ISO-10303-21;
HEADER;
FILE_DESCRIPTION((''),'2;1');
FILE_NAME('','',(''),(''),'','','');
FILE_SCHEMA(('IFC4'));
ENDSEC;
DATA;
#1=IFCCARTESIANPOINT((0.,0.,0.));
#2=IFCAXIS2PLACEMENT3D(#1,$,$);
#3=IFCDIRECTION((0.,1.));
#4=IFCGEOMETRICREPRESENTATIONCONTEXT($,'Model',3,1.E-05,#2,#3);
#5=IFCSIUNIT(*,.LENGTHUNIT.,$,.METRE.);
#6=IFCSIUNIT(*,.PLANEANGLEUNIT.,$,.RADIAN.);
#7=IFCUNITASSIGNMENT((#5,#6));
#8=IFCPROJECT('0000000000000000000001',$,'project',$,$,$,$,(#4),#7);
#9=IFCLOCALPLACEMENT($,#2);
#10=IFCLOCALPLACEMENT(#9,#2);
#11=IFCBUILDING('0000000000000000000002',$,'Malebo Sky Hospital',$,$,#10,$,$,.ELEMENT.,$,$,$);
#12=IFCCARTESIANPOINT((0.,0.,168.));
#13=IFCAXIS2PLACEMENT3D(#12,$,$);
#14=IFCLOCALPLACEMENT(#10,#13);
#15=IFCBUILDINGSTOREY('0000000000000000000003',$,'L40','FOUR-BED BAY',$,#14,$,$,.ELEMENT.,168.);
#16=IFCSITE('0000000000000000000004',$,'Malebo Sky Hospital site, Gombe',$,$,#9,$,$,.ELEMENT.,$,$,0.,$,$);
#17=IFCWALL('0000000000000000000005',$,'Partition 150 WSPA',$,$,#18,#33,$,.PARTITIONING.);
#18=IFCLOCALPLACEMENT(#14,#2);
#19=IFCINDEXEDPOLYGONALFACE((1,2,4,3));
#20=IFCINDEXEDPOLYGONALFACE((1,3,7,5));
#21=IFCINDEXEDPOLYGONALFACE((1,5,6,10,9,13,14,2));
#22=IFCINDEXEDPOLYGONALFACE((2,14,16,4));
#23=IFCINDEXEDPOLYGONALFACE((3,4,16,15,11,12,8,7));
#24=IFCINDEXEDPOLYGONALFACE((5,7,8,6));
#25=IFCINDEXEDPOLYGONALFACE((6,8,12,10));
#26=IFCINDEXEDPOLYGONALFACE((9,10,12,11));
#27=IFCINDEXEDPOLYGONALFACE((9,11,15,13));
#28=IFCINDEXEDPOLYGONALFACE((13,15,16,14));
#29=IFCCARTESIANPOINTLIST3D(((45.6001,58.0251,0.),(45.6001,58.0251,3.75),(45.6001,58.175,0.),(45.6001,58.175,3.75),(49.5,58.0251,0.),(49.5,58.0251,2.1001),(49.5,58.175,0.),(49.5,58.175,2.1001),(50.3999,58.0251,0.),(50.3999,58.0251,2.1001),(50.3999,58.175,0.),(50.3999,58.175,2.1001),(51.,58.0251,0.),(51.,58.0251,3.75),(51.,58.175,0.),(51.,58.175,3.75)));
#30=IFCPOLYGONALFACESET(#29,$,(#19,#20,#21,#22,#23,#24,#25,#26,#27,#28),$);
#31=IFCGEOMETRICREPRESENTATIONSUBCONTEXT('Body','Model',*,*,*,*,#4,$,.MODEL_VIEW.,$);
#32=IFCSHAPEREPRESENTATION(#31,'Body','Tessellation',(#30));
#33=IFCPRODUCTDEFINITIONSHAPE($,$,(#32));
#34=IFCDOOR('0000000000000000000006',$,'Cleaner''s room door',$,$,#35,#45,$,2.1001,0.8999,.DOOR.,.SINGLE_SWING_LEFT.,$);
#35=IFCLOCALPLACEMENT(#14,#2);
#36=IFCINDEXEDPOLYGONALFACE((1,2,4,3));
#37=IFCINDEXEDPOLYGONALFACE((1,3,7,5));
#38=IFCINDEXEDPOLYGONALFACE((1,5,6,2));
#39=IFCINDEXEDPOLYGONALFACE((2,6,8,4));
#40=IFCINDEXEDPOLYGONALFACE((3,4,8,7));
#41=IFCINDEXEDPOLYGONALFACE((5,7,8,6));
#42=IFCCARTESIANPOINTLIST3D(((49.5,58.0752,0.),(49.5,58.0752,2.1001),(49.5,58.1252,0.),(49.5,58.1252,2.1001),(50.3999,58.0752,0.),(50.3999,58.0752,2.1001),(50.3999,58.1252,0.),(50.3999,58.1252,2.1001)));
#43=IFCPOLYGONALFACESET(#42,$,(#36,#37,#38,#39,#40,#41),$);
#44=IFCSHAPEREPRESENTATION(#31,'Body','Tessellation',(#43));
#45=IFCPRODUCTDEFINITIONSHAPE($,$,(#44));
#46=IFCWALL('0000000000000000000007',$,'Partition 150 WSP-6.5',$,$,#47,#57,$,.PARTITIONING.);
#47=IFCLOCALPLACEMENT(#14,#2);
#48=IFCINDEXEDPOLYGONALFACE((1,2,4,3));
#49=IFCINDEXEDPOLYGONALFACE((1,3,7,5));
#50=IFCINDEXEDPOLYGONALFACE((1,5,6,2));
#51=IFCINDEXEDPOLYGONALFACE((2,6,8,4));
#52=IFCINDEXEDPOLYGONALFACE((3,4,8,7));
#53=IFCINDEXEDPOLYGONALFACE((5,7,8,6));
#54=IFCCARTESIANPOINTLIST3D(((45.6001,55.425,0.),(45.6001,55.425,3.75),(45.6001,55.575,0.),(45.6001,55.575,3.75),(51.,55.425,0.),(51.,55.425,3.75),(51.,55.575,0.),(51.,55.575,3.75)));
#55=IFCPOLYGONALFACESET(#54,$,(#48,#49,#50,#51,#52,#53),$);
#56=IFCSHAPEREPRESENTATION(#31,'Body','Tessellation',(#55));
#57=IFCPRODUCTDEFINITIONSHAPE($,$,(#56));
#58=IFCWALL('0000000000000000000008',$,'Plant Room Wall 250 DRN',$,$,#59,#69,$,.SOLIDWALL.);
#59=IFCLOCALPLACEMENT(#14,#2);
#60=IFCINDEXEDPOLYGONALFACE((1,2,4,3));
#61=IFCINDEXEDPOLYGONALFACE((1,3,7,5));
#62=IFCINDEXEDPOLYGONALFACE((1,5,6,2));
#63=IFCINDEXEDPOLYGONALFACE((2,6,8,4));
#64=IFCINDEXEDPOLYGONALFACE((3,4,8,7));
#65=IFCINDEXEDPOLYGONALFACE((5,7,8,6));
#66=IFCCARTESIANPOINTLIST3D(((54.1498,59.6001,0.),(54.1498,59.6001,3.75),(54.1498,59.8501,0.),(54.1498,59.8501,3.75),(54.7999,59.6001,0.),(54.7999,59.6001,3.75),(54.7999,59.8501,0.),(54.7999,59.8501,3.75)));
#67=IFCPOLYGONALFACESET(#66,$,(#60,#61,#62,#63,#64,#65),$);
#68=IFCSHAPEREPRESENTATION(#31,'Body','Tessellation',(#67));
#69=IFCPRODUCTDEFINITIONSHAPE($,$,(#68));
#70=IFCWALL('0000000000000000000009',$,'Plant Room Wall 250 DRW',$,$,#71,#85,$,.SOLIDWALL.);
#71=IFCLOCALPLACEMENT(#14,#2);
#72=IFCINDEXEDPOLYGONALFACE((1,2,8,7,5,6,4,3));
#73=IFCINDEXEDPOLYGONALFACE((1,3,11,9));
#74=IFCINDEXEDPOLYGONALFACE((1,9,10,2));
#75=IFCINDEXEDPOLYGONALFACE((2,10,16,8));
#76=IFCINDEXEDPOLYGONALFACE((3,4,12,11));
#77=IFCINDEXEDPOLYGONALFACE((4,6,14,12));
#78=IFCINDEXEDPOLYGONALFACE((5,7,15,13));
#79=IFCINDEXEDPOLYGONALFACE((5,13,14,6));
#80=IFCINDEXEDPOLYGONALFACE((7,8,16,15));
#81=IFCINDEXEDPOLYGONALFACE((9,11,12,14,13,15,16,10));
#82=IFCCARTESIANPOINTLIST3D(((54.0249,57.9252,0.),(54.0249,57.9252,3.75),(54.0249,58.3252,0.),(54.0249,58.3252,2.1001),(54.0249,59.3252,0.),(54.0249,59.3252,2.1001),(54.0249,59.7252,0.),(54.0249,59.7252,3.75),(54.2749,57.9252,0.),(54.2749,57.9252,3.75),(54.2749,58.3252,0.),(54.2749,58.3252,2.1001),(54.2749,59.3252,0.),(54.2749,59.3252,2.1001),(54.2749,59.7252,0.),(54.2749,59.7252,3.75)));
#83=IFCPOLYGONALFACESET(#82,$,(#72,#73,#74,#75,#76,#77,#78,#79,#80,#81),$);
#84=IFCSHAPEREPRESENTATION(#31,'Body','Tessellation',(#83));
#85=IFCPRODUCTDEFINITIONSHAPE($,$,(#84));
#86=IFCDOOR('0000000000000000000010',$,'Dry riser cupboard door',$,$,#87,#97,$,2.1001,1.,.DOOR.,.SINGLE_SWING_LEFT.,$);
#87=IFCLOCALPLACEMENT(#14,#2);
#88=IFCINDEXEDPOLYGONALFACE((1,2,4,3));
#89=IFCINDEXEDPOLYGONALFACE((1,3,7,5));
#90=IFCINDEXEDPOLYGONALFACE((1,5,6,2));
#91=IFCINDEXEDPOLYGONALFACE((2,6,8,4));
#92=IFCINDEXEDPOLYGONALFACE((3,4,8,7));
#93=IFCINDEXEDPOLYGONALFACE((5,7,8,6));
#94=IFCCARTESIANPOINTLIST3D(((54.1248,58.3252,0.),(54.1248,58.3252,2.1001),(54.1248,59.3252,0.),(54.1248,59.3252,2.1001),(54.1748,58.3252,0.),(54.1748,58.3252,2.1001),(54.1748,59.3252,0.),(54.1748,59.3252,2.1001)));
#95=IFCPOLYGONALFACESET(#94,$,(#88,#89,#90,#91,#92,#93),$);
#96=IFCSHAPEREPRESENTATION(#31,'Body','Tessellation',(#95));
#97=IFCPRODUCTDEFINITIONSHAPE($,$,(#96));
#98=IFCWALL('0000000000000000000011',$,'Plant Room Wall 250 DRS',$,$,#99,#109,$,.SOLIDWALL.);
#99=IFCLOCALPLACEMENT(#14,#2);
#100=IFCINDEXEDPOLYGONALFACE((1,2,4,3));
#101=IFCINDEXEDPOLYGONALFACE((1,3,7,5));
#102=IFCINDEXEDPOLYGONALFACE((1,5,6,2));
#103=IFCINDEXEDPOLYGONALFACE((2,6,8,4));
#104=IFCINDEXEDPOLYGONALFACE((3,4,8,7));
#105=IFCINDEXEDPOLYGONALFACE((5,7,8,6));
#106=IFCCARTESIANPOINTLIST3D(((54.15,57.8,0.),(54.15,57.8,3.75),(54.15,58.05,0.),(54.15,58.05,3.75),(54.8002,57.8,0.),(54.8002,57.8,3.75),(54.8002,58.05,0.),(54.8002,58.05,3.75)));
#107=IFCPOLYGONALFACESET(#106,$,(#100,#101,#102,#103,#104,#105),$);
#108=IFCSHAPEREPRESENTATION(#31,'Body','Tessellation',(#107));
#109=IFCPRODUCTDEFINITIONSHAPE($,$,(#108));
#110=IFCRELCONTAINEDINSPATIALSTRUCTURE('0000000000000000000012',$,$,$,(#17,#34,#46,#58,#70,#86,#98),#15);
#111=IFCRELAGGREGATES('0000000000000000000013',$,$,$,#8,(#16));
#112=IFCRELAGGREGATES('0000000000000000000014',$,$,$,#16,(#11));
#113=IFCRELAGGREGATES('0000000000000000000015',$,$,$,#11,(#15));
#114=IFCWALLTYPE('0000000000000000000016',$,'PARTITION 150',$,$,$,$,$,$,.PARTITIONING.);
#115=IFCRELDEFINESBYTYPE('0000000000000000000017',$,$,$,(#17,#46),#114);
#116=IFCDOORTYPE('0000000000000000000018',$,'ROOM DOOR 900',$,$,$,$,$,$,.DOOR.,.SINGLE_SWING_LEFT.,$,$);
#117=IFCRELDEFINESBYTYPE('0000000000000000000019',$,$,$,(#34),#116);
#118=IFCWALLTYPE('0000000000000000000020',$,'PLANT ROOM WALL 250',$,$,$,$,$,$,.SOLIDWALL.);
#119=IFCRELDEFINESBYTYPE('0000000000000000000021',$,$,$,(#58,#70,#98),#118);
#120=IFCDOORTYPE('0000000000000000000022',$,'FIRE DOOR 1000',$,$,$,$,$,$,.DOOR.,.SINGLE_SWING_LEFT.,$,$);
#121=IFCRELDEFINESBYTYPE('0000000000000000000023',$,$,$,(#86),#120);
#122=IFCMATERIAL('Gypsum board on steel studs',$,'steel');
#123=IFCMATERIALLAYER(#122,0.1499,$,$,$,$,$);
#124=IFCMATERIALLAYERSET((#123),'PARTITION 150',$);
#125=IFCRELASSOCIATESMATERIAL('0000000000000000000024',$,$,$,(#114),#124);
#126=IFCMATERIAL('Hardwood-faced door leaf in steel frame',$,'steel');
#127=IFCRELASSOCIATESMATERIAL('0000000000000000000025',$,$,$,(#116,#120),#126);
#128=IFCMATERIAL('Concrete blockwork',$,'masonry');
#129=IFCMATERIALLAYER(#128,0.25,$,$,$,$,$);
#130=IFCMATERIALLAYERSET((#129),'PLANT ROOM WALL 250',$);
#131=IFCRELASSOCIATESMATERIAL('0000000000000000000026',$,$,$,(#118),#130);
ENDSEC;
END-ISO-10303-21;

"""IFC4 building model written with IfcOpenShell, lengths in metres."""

from ifc_helpers import new_model, si_unit, direction, frame, frame_2d, origin, place, context, subcontext, project, spatial, rectangle, extrude, material, layer, layer_set, type_object, element, fill, save


model = new_model("IFC4")

# Units and contexts
model_context = context("Model", 3, precision=1e-05, world=origin(), true_north=direction((0.0, 1.0)))
body_context = subcontext(model_context, "Body", "Model", "MODEL_VIEW")
ifc_project = project(units=[si_unit("LENGTHUNIT", "METRE"), si_unit("PLANEANGLEUNIT", "RADIAN")], contexts=[model_context])

# Site, building, storey
site_placement = place(None, origin())
site = spatial("IfcSite", under=ifc_project, at=site_placement, Name="Malebo Sky Hospital site, Gombe", CompositionType="ELEMENT", RefElevation=0.0)
building_placement = place(site_placement, origin())
building = spatial("IfcBuilding", under=site, at=building_placement, Name="Malebo Sky Hospital", CompositionType="ELEMENT")
storey_placement = place(building_placement, frame((0.0, 0.0, 168.0)))
storey = spatial("IfcBuildingStorey", under=building, at=storey_placement, Name="L40", Description="FOUR-BED BAY", CompositionType="ELEMENT", Elevation=168.0)

# Wall, opening, door
ifc_material_1 = material(Name="Gypsum board on steel studs", Category="steel")
ifc_layer_1 = layer(ifc_material_1, 0.1499)
ifc_layer_set_1 = layer_set([ifc_layer_1], Name="PARTITION 150")
wall_type_1 = type_object("IfcWallType", Name="PARTITION 150", PredefinedType="PARTITIONING", material=ifc_layer_set_1)
wall_1_placement = place(storey_placement, frame((51.0, 58.1001, 0.0), z_axis=(0.0, 0.0, 1.0), x_axis=(-1.0, 0.0, 0.0)))
wall_1 = element("IfcWall", 1, at=wall_1_placement, inside=storey, type_object=wall_type_1, Name="Partition 150 WSPA", PredefinedType="PARTITIONING", context=body_context, shape_type="SweptSolid", body=[
    extrude(rectangle(XDim=5.3999, YDim=0.1499, at=frame_2d((2.7, 0.0))), origin(), (0.0, 0.0, 1.0), 3.75),
])
opening_1_placement = place(wall_1_placement, frame((0.6001, 0.0, 0.0)))
opening_1 = element("IfcOpeningElement", 2, at=opening_1_placement, cuts=wall_1, PredefinedType="OPENING", context=body_context, shape_type="SweptSolid", body=[
    extrude(rectangle(XDim=0.8999, YDim=2.1001, at=frame_2d((0.45, 1.05))), frame((0.0, 0.085, 0.0), z_axis=(0.0, -1.0, 0.0), x_axis=(1.0, 0.0, 0.0)), (0.0, 0.0, 1.0), 0.1699),
])
ifc_material_2 = material(Name="Hardwood-faced door leaf in steel frame", Category="steel")
door_type_1 = type_object("IfcDoorType", Name="ROOM DOOR 900", OperationType="SINGLE_SWING_LEFT", PredefinedType="DOOR", material=ifc_material_2)
door_1_placement = place(opening_1_placement, origin())
door_1 = element("IfcDoor", 3, at=door_1_placement, inside=storey, type_object=door_type_1, Name="Cleaner's room door", OperationType="SINGLE_SWING_LEFT", OverallHeight=2.1001, OverallWidth=0.8999, PredefinedType="DOOR", context=body_context, shape_type="SweptSolid", body=[
    extrude(rectangle(XDim=0.8999, YDim=2.1001, at=frame_2d((0.45, 1.05))), frame((0.0, 0.0249, 0.0), z_axis=(0.0, -1.0, 0.0), x_axis=(1.0, 0.0, 0.0)), (0.0, 0.0, 1.0), 0.05),
])
fill(opening_1, door_1)

# Walls
wall_2_placement = place(storey_placement, frame((51.0, 55.5, 0.0), z_axis=(0.0, 0.0, 1.0), x_axis=(-1.0, 0.0, 0.0)))
element("IfcWall", 4, at=wall_2_placement, inside=storey, type_object=wall_type_1, Name="Partition 150 WSP-6.5", PredefinedType="PARTITIONING", context=body_context, shape_type="SweptSolid", body=[
    extrude(rectangle(XDim=5.3999, YDim=0.1499, at=frame_2d((2.7, 0.0))), origin(), (0.0, 0.0, 1.0), 3.75),
])
ifc_material_3 = material(Name="Concrete blockwork", Category="masonry")
ifc_layer_2 = layer(ifc_material_3, 0.25)
ifc_layer_set_2 = layer_set([ifc_layer_2], Name="PLANT ROOM WALL 250")
wall_type_2 = type_object("IfcWallType", Name="PLANT ROOM WALL 250", PredefinedType="SOLIDWALL", material=ifc_layer_set_2)
wall_3_placement = place(storey_placement, frame((54.8, 59.7251, 0.0), z_axis=(0.0, 0.0, 1.0), x_axis=(-1.0, 0.0, 0.0)))
element("IfcWall", 5, at=wall_3_placement, inside=storey, type_object=wall_type_2, Name="Plant Room Wall 250 DRN", PredefinedType="SOLIDWALL", context=body_context, shape_type="SweptSolid", body=[
    extrude(rectangle(XDim=0.6501, YDim=0.25, at=frame_2d((0.3252, 0.0))), origin(), (0.0, 0.0, 1.0), 3.75),
])

# Wall, opening, door
wall_4_placement = place(storey_placement, frame((54.1499, 59.7251, 0.0), z_axis=(0.0, 0.0, 1.0), x_axis=(0.0, -1.0, 0.0)))
wall_4 = element("IfcWall", 6, at=wall_4_placement, inside=storey, type_object=wall_type_2, Name="Plant Room Wall 250 DRW", PredefinedType="SOLIDWALL", context=body_context, shape_type="SweptSolid", body=[
    extrude(rectangle(XDim=1.8, YDim=0.25, at=frame_2d((0.8999, 0.0))), origin(), (0.0, 0.0, 1.0), 3.75),
])
opening_2_placement = place(wall_4_placement, frame((0.3999, 0.0, 0.0)))
opening_2 = element("IfcOpeningElement", 7, at=opening_2_placement, cuts=wall_4, PredefinedType="OPENING", context=body_context, shape_type="SweptSolid", body=[
    extrude(rectangle(XDim=1.0, YDim=2.1001, at=frame_2d((0.5, 1.05))), frame((0.0, 0.135, 0.0), z_axis=(0.0, -1.0, 0.0), x_axis=(1.0, 0.0, 0.0)), (0.0, 0.0, 1.0), 0.27),
])
door_type_2 = type_object("IfcDoorType", Name="FIRE DOOR 1000", OperationType="SINGLE_SWING_LEFT", PredefinedType="DOOR", material=ifc_material_2)
door_2_placement = place(opening_2_placement, origin())
door_2 = element("IfcDoor", 8, at=door_2_placement, inside=storey, type_object=door_type_2, Name="Dry riser cupboard door", OperationType="SINGLE_SWING_LEFT", OverallHeight=2.1001, OverallWidth=1.0, PredefinedType="DOOR", context=body_context, shape_type="SweptSolid", body=[
    extrude(rectangle(XDim=1.0, YDim=2.1001, at=frame_2d((0.5, 1.05))), frame((0.0, 0.0249, 0.0), z_axis=(0.0, -1.0, 0.0), x_axis=(1.0, 0.0, 0.0)), (0.0, 0.0, 1.0), 0.05),
])
fill(opening_2, door_2)

# Wall
wall_5_placement = place(storey_placement, frame((54.1499, 57.925, 0.0), z_axis=(0.0, 0.0, 1.0), x_axis=(1.0, 0.0, 0.0)))
element("IfcWall", 9, at=wall_5_placement, inside=storey, type_object=wall_type_2, Name="Plant Room Wall 250 DRS", PredefinedType="SOLIDWALL", context=body_context, shape_type="SweptSolid", body=[
    extrude(rectangle(XDim=0.6501, YDim=0.25, at=frame_2d((0.3252, 0.0))), origin(), (0.0, 0.0, 1.0), 3.75),
])

save(model, "model.ifc")
